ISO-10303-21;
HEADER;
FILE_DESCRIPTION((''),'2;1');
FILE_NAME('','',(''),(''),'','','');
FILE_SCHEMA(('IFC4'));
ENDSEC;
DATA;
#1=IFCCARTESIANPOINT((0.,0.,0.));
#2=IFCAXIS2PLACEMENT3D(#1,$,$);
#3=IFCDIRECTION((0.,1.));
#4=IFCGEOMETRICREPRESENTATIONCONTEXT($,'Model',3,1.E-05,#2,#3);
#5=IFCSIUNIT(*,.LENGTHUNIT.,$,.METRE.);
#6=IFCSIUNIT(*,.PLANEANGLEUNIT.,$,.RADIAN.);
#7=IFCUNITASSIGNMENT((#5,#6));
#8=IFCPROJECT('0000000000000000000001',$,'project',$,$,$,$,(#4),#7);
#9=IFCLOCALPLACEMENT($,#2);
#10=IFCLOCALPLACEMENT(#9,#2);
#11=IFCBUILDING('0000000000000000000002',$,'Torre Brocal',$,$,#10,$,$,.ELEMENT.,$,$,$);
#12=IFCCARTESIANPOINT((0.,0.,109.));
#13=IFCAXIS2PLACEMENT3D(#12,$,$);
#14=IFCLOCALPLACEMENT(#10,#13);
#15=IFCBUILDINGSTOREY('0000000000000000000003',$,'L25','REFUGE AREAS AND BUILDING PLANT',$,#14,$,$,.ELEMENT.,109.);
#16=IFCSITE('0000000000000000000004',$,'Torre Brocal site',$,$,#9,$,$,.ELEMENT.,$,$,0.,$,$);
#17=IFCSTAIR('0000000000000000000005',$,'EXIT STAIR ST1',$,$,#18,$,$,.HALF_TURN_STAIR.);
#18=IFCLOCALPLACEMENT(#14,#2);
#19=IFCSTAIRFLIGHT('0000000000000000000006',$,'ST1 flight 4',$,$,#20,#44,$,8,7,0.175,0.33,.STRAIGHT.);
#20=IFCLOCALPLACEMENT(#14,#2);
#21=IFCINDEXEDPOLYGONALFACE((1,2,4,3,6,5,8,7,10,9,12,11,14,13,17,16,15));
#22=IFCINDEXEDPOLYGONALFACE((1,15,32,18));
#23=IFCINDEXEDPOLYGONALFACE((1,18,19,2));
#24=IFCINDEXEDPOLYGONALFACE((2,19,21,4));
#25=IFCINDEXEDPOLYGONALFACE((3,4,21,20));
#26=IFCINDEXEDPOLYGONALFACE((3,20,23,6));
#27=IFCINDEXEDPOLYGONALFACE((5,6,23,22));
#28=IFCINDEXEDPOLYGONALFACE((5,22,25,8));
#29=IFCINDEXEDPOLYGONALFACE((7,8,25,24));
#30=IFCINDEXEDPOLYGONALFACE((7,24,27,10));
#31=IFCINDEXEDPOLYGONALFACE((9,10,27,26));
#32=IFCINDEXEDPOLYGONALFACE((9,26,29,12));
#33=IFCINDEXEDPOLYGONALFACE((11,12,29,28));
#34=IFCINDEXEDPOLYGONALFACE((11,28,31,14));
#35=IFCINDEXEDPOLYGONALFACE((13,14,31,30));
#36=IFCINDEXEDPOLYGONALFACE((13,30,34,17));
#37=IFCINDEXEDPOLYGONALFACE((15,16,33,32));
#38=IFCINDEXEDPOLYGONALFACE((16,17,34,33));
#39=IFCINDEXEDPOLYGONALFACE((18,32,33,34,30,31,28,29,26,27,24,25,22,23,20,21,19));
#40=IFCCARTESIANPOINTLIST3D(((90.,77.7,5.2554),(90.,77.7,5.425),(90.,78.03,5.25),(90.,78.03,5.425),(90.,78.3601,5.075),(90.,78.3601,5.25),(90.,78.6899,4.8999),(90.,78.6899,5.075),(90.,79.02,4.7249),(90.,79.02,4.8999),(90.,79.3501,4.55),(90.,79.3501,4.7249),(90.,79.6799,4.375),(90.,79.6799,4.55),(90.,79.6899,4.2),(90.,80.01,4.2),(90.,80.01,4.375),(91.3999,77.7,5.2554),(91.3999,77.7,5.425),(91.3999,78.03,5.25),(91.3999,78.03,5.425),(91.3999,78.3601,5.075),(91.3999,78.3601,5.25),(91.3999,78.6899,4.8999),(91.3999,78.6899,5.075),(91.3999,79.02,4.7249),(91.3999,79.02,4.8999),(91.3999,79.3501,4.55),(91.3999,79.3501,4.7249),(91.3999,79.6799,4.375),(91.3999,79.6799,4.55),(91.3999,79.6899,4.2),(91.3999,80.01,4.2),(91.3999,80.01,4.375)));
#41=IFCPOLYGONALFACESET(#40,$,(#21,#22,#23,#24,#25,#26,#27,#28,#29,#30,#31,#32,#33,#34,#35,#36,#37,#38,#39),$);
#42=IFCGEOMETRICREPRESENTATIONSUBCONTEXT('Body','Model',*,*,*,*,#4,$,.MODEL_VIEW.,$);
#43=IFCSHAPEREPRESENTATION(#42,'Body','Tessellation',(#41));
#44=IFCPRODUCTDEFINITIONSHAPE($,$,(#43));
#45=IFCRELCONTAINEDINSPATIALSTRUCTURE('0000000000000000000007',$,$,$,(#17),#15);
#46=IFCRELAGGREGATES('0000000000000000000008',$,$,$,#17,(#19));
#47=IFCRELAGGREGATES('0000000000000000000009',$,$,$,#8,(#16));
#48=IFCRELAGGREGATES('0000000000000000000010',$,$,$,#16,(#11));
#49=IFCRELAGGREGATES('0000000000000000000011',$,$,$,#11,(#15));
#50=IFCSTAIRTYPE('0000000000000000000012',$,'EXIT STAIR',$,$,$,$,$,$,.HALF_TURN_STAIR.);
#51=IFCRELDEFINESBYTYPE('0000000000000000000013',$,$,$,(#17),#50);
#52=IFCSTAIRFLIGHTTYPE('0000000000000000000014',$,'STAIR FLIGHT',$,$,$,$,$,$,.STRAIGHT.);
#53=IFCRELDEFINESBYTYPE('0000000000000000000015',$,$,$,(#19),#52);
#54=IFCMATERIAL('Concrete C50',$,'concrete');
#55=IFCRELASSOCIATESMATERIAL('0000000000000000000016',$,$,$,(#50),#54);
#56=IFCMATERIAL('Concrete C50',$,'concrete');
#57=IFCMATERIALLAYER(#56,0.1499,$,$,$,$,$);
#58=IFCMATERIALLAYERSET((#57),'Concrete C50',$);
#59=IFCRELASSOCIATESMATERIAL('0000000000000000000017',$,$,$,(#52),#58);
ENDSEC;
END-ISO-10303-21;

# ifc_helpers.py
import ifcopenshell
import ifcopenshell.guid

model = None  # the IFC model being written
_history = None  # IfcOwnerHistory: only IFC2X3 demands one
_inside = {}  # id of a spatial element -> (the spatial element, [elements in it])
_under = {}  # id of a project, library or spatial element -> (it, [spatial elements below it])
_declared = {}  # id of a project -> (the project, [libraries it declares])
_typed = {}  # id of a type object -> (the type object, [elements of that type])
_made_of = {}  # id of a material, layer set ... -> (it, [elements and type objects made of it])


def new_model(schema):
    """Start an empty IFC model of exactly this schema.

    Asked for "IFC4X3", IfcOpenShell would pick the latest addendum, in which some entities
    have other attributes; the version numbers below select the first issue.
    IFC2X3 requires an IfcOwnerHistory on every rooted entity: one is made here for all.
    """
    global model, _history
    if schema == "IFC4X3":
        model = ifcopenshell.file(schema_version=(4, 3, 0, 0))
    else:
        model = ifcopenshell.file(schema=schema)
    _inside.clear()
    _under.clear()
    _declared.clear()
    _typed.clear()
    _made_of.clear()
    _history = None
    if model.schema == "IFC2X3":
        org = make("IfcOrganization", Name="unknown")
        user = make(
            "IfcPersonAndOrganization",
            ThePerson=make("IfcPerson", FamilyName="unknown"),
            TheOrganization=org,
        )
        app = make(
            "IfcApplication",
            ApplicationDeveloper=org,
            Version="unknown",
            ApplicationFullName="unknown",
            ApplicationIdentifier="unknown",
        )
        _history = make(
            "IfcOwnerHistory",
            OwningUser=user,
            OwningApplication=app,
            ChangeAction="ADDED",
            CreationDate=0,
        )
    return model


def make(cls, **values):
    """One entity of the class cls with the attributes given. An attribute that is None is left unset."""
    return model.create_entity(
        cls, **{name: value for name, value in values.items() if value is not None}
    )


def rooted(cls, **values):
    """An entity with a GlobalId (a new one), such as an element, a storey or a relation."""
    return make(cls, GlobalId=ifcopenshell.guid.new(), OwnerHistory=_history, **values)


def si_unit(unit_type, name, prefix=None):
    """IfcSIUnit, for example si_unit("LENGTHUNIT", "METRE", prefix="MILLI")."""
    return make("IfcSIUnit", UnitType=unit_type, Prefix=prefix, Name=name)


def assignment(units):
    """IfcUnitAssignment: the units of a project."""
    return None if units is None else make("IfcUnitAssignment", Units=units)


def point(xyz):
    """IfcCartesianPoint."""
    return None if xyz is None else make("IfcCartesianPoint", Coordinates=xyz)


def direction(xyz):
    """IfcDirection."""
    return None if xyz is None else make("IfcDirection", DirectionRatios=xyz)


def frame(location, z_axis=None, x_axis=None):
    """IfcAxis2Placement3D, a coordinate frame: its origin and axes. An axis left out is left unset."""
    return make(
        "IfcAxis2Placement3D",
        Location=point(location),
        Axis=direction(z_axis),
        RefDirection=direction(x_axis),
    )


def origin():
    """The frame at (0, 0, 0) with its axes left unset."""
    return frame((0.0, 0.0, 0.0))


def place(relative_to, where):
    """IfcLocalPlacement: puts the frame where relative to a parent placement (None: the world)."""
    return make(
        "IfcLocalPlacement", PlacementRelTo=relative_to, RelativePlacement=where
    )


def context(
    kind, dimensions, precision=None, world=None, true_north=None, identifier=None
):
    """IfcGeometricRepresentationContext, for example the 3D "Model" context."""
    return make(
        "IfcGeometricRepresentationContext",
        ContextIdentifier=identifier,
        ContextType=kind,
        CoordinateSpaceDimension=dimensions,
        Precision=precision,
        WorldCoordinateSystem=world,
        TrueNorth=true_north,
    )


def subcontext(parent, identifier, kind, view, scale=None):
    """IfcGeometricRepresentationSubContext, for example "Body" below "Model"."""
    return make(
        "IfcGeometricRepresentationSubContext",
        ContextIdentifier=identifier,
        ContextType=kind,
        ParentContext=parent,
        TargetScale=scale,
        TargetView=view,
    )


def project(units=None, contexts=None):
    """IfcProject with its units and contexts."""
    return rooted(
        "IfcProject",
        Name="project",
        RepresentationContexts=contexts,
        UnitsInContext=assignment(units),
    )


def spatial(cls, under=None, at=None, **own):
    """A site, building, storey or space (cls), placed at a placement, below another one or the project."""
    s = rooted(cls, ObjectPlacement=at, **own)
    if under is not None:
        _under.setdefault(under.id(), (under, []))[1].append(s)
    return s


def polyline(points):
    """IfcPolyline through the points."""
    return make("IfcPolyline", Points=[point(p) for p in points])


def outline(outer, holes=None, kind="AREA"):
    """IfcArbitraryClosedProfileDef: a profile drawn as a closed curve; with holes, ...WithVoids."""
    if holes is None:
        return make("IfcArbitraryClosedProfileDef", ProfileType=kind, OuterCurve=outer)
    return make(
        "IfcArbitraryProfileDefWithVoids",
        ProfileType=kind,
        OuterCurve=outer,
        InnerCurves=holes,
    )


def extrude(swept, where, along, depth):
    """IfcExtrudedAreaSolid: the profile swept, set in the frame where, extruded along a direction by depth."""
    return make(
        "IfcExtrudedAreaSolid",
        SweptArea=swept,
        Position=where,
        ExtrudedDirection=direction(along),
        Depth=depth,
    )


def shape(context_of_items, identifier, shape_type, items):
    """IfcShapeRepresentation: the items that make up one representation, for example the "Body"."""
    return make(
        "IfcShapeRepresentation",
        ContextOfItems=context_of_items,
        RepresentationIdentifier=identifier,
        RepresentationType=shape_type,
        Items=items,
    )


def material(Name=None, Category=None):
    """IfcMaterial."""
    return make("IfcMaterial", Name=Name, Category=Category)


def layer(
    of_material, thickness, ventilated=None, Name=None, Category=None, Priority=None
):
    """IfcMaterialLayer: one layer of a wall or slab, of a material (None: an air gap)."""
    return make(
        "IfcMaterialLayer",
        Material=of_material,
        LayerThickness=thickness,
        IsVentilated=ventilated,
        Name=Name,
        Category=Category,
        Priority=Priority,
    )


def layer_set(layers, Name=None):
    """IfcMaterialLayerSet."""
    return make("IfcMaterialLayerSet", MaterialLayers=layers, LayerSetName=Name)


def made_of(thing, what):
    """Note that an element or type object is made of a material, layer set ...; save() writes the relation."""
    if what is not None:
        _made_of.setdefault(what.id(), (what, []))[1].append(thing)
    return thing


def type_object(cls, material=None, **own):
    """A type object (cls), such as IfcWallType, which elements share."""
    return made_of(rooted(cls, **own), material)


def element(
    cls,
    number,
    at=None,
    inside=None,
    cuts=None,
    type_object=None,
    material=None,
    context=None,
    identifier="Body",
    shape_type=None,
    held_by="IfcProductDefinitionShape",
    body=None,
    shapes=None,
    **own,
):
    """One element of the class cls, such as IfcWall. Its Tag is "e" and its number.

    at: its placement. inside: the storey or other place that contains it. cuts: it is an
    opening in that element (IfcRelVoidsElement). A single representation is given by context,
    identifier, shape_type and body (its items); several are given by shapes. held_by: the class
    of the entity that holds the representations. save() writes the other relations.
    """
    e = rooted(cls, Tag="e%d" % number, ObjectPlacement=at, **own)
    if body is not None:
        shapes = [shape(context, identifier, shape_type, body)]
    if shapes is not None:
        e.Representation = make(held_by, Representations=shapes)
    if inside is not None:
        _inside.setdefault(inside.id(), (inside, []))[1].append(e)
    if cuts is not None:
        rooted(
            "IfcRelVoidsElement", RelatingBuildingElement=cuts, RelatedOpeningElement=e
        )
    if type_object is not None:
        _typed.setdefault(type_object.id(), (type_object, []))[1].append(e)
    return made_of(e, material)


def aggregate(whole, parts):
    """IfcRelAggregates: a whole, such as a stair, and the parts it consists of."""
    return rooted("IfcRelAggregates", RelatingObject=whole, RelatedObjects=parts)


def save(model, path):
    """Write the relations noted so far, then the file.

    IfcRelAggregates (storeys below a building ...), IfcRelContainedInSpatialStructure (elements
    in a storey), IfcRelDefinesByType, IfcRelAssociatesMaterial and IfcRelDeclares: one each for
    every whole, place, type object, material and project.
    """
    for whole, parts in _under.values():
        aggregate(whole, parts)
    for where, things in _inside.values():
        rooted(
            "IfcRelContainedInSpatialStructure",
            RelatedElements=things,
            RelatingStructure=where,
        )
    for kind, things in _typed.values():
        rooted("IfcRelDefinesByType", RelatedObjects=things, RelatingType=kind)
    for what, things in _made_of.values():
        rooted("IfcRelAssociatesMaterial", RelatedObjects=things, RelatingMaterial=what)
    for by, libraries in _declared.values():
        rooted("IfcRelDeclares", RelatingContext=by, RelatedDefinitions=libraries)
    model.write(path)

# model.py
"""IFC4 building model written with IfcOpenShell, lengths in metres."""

from ifc_helpers import new_model, si_unit, direction, frame, origin, place, context, subcontext, project, spatial, polyline, outline, extrude, material, layer, layer_set, type_object, element, aggregate, save


model = new_model("IFC4")

# Units and contexts
model_context = context("Model", 3, precision=1e-05, world=origin(), true_north=direction((0.0, 1.0)))
body_context = subcontext(model_context, "Body", "Model", "MODEL_VIEW")
ifc_project = project(units=[si_unit("LENGTHUNIT", "METRE"), si_unit("PLANEANGLEUNIT", "RADIAN")], contexts=[model_context])

# Site, building, storey
site_placement = place(None, origin())
site = spatial("IfcSite", under=ifc_project, at=site_placement, Name="Torre Brocal site", CompositionType="ELEMENT", RefElevation=0.0)
building_placement = place(site_placement, origin())
building = spatial("IfcBuilding", under=site, at=building_placement, Name="Torre Brocal", CompositionType="ELEMENT")
storey_placement = place(building_placement, frame((0.0, 0.0, 109.0)))
storey = spatial("IfcBuildingStorey", under=building, at=storey_placement, Name="L25", Description="REFUGE AREAS AND BUILDING PLANT", CompositionType="ELEMENT", Elevation=109.0)

# Stair, stair flight
ifc_material_1 = material(Name="Concrete C50", Category="concrete")
stair_type = type_object("IfcStairType", Name="EXIT STAIR", PredefinedType="HALF_TURN_STAIR", material=ifc_material_1)
stair_placement = place(storey_placement, origin())
stair = element("IfcStair", 1, at=stair_placement, inside=storey, type_object=stair_type, Name="EXIT STAIR ST1", PredefinedType="HALF_TURN_STAIR")
ifc_material_2 = material(Name="Concrete C50", Category="concrete")
ifc_layer_1 = layer(ifc_material_2, 0.1499)
ifc_layer_set_1 = layer_set([ifc_layer_1], Name="Concrete C50")
stair_flight_type = type_object("IfcStairFlightType", Name="STAIR FLIGHT", PredefinedType="STRAIGHT", material=ifc_layer_set_1)
stair_flight_1_placement = place(storey_placement, frame((90.7, 80.01, 4.2), z_axis=(0.0, 0.0, 1.0), x_axis=(0.0, -1.0, 0.0)))
stair_flight_1 = element("IfcStairFlight", 2, at=stair_flight_1_placement, type_object=stair_flight_type, Name="ST1 flight 4", NumberOfRisers=8, NumberOfTreads=7, PredefinedType="STRAIGHT", RiserHeight=0.175, TreadLength=0.33, context=body_context, shape_type="SweptSolid", body=[
    extrude(outline(polyline([(0.0, 0.0), (0.0, 0.175), (0.3301, 0.175), (0.3301, 0.3501), (0.6599, 0.3501), (0.6599, 0.5249), (0.99, 0.5249), (0.99, 0.7), (1.3201, 0.7), (1.3201, 0.875), (1.6499, 0.875), (1.6499, 1.05), (1.98, 1.05), (1.98, 1.2251), (2.3101, 1.2251), (2.3101, 1.3999), (2.3101, 1.0554), (0.3201, 0.0), (0.0, 0.0)])), frame((0.0, 0.7, 0.0), z_axis=(0.0, -1.0, 0.0), x_axis=(1.0, 0.0, 0.0)), (0.0, 0.0, 1.0), 1.3999),
])
aggregate(stair, [stair_flight_1])

save(model, "model.ifc")
